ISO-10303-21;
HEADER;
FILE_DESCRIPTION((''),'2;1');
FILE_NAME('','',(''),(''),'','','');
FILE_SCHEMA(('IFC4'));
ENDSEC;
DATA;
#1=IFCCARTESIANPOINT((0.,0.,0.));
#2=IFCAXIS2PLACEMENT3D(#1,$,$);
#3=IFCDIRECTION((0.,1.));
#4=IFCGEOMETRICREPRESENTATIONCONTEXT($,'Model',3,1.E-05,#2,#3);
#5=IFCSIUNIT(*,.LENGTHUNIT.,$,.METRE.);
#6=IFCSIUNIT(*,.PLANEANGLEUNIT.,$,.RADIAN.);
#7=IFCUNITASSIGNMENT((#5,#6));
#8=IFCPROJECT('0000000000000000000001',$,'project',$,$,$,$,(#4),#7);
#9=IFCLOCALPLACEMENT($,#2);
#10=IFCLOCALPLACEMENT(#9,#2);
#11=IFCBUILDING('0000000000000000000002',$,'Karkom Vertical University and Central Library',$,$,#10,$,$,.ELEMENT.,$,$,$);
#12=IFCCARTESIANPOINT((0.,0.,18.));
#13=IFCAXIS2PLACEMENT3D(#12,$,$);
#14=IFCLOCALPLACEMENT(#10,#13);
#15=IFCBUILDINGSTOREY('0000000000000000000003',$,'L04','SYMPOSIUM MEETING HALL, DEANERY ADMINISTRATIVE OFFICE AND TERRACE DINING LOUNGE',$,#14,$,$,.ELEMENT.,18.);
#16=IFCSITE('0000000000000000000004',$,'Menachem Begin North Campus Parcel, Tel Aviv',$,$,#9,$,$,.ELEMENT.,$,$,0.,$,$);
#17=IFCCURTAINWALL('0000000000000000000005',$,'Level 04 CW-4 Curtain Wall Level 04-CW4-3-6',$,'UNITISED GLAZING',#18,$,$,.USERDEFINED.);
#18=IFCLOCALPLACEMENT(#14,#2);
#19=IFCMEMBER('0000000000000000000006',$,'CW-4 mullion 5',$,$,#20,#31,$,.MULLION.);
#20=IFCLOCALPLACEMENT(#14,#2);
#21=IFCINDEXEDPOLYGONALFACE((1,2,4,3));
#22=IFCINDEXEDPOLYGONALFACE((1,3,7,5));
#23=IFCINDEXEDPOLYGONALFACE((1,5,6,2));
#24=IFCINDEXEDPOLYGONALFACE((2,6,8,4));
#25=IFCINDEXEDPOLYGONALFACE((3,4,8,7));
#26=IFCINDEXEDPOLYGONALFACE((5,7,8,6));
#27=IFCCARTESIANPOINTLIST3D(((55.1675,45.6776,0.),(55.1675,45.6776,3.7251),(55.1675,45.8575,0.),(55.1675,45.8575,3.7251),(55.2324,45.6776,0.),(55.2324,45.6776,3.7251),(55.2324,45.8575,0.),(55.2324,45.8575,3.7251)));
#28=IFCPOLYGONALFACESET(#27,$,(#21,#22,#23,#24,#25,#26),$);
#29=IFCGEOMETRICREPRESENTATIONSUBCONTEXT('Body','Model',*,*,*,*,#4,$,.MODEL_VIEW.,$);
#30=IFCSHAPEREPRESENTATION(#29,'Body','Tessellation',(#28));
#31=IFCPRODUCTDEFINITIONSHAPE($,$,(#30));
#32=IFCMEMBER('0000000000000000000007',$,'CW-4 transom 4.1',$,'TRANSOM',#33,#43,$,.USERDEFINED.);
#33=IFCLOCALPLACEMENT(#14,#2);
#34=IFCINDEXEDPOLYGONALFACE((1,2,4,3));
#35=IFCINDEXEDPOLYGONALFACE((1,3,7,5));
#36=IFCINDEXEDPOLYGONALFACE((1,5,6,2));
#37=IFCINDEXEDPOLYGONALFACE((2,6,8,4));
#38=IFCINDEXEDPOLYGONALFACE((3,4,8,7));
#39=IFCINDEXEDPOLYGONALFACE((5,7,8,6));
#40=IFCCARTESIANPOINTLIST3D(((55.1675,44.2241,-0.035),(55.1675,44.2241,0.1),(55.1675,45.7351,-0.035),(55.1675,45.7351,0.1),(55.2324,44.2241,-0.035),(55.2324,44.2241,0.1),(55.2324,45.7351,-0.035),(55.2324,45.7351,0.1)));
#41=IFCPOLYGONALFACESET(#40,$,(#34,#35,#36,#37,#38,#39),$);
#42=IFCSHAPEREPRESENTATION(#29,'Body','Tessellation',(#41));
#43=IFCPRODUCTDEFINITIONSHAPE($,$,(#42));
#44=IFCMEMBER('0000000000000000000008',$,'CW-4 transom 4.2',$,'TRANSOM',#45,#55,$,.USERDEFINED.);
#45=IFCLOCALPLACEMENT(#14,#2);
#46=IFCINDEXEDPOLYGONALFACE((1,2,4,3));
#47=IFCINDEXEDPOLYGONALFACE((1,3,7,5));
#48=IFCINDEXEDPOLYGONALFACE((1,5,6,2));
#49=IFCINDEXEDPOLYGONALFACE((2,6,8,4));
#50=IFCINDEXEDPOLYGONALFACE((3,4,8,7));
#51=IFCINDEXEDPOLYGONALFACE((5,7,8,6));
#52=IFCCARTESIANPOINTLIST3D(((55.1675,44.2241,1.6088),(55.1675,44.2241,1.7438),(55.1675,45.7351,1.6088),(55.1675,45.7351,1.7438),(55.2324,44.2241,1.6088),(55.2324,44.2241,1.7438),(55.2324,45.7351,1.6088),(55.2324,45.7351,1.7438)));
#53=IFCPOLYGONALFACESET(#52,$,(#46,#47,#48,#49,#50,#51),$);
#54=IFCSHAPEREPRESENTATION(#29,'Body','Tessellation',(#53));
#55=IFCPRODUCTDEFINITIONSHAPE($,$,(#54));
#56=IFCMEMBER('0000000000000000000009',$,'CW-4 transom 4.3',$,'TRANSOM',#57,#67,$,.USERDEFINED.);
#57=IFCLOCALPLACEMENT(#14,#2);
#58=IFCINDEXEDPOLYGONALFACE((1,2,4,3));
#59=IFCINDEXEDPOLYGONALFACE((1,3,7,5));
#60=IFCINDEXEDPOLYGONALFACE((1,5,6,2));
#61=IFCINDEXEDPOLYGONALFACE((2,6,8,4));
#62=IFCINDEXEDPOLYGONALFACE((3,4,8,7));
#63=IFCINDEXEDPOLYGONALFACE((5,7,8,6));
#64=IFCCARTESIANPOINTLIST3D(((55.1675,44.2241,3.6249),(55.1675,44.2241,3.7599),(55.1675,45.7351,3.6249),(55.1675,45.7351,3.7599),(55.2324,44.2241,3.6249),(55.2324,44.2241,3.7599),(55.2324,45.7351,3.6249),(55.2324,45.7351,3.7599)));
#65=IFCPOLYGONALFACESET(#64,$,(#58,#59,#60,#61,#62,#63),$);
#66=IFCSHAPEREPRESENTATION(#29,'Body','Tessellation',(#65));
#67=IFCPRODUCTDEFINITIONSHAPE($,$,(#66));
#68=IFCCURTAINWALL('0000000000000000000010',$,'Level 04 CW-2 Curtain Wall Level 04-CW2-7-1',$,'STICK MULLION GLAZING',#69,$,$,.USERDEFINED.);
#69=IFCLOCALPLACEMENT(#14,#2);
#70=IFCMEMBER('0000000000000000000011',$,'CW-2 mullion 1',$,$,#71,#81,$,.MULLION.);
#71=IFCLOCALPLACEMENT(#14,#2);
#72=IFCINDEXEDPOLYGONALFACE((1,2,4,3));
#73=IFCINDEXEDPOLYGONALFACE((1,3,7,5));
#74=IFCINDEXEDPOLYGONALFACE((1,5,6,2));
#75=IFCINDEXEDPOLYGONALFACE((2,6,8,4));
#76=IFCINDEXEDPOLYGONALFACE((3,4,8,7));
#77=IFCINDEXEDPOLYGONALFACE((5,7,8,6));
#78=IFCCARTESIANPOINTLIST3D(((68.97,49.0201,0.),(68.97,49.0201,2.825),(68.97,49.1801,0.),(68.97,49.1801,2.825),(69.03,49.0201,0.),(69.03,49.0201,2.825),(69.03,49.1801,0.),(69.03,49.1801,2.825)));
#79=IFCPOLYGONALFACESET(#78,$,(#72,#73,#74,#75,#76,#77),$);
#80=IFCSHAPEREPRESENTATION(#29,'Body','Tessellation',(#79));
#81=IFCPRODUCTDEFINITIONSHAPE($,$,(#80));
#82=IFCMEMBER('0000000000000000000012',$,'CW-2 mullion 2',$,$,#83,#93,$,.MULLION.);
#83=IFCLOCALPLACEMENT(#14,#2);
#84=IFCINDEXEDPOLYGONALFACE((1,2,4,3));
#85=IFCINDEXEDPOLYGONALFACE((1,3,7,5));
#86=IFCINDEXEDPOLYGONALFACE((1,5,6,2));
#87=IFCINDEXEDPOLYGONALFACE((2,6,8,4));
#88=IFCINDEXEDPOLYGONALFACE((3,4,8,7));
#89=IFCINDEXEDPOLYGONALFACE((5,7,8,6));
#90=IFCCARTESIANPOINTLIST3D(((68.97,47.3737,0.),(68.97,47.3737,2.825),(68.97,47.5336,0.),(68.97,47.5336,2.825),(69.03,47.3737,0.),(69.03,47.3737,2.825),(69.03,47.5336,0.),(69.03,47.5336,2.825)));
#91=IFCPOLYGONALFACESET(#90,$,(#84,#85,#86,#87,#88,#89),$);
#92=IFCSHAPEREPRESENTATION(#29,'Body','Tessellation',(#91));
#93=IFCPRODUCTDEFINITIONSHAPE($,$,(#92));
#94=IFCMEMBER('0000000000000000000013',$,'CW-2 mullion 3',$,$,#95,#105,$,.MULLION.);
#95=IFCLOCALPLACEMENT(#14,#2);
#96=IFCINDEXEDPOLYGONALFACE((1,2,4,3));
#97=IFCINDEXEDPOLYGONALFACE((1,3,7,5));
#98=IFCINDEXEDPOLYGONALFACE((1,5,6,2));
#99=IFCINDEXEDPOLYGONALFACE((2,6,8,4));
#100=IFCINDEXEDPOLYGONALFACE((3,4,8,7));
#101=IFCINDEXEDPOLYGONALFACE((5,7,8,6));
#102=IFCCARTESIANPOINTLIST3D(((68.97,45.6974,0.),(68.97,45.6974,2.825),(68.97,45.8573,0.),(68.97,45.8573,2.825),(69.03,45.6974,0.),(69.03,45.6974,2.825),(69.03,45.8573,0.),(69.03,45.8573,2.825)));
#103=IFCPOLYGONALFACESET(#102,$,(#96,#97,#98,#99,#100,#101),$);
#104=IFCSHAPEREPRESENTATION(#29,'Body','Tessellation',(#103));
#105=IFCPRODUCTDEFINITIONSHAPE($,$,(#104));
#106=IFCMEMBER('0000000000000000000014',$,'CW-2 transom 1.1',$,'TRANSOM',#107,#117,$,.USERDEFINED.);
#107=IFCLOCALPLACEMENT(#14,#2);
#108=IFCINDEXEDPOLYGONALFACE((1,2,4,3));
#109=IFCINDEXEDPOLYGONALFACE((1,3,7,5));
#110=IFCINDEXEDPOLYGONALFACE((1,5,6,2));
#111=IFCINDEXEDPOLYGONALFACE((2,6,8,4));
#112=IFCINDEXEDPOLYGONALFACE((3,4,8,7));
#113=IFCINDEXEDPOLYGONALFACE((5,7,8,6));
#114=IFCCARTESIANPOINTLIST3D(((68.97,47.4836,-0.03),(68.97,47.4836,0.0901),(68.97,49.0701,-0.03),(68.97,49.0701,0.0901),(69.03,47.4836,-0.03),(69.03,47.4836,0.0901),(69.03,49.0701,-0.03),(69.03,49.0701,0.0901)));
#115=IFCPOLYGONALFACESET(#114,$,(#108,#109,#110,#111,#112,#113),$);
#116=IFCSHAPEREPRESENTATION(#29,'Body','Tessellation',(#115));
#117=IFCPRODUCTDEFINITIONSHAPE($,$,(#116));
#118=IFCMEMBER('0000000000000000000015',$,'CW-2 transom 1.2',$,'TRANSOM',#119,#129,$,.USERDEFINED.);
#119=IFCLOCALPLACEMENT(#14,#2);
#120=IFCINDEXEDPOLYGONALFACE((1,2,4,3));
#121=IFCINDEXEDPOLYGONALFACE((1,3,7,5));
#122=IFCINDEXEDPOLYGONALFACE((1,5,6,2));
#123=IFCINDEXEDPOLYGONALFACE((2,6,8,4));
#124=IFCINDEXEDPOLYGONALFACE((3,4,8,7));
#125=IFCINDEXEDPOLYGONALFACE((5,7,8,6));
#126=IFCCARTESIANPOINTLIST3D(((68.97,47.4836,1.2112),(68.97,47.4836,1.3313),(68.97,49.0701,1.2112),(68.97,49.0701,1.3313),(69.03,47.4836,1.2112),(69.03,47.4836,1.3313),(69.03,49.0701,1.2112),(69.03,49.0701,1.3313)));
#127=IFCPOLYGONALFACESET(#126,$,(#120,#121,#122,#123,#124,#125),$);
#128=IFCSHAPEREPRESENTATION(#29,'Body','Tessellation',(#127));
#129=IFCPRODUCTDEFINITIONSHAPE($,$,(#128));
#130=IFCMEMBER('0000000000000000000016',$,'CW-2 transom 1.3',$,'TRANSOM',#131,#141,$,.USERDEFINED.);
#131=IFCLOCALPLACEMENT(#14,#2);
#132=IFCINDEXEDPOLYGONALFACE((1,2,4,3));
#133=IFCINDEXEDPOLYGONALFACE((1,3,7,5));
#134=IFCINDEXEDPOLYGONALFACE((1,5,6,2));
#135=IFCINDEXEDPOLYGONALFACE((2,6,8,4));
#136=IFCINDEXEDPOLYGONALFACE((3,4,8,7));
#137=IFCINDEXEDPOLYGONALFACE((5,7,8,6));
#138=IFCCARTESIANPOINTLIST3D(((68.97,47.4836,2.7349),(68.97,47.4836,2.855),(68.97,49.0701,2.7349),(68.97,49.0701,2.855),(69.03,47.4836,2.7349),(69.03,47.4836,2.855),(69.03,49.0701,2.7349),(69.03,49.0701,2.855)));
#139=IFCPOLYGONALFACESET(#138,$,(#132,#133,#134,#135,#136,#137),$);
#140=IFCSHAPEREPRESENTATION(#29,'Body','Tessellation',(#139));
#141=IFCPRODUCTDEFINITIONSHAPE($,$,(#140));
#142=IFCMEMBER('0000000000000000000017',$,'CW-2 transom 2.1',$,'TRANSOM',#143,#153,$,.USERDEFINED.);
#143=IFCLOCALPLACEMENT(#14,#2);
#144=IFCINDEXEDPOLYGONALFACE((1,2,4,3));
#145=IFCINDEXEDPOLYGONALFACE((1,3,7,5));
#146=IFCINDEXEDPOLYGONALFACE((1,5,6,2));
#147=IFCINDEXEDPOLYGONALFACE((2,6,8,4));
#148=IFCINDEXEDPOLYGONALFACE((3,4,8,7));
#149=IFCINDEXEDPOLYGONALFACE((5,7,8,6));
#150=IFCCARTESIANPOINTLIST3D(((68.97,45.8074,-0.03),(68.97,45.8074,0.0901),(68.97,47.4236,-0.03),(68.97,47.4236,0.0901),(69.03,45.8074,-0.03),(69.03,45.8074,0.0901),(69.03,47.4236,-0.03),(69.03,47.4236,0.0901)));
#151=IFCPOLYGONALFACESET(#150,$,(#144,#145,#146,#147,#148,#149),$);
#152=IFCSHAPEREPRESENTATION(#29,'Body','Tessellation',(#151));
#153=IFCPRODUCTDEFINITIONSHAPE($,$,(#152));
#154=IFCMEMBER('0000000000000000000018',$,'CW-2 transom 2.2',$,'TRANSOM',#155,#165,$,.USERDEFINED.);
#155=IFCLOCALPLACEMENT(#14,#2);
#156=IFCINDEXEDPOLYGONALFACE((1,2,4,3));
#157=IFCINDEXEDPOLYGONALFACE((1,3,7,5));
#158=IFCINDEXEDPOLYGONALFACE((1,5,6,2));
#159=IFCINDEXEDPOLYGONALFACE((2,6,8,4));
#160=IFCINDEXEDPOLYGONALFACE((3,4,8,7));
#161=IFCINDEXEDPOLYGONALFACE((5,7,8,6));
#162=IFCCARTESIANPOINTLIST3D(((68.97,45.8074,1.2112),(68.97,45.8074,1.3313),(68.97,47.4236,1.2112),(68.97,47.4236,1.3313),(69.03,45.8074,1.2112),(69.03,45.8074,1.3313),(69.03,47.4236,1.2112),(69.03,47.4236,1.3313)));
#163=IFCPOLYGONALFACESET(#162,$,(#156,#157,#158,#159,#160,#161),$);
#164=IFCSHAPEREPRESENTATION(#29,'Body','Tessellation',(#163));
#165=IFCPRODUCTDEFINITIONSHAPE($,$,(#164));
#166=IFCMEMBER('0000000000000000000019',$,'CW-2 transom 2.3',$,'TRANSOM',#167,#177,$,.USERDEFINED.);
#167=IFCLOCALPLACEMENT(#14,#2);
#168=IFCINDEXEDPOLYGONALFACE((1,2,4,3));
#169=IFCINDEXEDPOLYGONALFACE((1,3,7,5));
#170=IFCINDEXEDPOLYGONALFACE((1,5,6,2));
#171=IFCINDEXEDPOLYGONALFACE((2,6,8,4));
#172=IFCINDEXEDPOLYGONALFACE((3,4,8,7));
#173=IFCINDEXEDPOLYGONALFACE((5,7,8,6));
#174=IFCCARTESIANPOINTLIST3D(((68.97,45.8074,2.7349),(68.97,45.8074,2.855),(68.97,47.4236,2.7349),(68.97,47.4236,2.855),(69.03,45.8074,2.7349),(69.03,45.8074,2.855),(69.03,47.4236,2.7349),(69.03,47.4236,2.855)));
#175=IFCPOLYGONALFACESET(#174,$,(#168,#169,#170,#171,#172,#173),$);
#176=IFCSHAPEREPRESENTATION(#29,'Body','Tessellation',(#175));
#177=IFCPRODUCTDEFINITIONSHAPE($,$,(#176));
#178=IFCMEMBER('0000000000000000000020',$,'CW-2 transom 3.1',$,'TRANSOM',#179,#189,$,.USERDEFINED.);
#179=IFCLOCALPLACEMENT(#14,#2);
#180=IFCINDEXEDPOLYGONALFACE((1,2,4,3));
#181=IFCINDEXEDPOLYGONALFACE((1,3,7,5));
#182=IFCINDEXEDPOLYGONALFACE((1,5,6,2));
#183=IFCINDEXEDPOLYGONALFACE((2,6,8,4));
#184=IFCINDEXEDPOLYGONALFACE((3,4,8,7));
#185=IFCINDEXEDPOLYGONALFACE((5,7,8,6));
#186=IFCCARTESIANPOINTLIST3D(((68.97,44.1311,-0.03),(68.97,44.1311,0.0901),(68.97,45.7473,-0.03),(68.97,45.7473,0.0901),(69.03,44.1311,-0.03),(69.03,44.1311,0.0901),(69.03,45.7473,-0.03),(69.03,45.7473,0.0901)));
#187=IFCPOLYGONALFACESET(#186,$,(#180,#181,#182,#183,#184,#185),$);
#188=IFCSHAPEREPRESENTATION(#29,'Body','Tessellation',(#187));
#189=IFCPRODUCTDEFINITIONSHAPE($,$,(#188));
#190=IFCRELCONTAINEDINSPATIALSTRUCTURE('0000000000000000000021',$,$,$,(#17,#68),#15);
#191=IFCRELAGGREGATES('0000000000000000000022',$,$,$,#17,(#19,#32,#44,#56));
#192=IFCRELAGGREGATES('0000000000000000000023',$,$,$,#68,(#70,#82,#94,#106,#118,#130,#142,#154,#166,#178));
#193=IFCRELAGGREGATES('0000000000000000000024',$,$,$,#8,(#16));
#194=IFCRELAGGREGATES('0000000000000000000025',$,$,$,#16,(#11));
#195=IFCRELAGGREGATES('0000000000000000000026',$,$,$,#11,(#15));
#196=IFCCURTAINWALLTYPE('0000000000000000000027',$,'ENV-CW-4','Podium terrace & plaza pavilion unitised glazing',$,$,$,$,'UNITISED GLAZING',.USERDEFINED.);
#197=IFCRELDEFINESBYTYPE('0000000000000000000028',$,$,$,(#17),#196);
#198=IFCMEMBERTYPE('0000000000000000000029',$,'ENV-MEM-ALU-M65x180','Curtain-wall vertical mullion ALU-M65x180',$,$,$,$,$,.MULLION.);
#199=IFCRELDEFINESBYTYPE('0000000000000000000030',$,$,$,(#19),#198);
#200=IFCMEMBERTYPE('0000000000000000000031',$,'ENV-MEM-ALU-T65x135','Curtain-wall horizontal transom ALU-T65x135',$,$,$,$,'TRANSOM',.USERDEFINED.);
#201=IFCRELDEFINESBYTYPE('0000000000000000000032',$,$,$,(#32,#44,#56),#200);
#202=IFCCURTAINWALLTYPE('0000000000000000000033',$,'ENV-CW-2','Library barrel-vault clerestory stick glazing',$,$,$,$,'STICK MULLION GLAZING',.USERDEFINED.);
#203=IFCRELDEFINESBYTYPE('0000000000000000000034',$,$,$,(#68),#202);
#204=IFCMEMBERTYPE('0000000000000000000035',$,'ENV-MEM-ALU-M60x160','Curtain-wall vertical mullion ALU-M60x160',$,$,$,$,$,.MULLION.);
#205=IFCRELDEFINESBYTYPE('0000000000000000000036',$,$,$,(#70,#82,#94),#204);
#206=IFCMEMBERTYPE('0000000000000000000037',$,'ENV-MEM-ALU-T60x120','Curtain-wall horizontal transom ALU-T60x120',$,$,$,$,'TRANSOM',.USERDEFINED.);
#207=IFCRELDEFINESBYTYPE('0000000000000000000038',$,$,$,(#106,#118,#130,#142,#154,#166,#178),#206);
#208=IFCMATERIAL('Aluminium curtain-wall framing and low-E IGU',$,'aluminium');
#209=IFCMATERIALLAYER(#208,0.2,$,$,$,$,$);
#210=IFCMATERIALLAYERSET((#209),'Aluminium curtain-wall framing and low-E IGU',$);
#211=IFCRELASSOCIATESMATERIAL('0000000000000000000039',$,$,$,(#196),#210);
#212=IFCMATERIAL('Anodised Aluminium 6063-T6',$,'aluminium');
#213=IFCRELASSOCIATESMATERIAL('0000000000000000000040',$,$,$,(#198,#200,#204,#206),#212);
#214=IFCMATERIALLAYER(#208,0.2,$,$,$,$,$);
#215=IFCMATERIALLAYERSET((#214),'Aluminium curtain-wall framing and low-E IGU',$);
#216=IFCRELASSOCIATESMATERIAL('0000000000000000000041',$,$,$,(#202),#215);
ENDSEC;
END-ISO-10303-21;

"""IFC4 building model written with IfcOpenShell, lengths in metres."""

from ifc_helpers import new_model, si_unit, direction, frame, origin, origin_with_axes, origin_2d, place, context, subcontext, project, spatial, rectangle, extrude, source, transform, mapped, material, layer, layer_set, material_profile, profile_set, type_object, element, aggregate, save


model = new_model("IFC4")

# Units and contexts
model_context = context("Model", 3, precision=1e-05, world=origin(), true_north=direction((0.0, 1.0)))
body_context = subcontext(model_context, "Body", "Model", "MODEL_VIEW")
ifc_project = project(units=[si_unit("LENGTHUNIT", "METRE"), si_unit("PLANEANGLEUNIT", "RADIAN")], contexts=[model_context])

# Site, building, storey
site_placement = place(None, origin())
site = spatial("IfcSite", under=ifc_project, at=site_placement, Name="Menachem Begin North Campus Parcel, Tel Aviv", CompositionType="ELEMENT", RefElevation=0.0)
building_placement = place(site_placement, origin())
building = spatial("IfcBuilding", under=site, at=building_placement, Name="Karkom Vertical University and Central Library", CompositionType="ELEMENT")
storey_placement = place(building_placement, frame((0.0, 0.0, 18.0)))
storey = spatial("IfcBuildingStorey", under=building, at=storey_placement, Name="L04", Description="SYMPOSIUM MEETING HALL, DEANERY ADMINISTRATIVE OFFICE AND TERRACE DINING LOUNGE", CompositionType="ELEMENT", Elevation=18.0)

# Curtain walls, members
ifc_material_1 = material(Name="Aluminium curtain-wall framing and low-E IGU", Category="aluminium")
ifc_layer_1 = layer(ifc_material_1, 0.2)
ifc_layer_set_1 = layer_set([ifc_layer_1], Name="Aluminium curtain-wall framing and low-E IGU")
curtain_wall_type_1 = type_object("IfcCurtainWallType", Name="ENV-CW-4", Description="Podium terrace & plaza pavilion unitised glazing", ElementType="UNITISED GLAZING", PredefinedType="USERDEFINED", material=ifc_layer_set_1)
curtain_wall_1_placement = place(storey_placement, origin())
curtain_wall_1 = element("IfcCurtainWall", 1, at=curtain_wall_1_placement, inside=storey, type_object=curtain_wall_type_1, Name="Level 04 CW-4 Curtain Wall Level 04-CW4-3-6", ObjectType="UNITISED GLAZING", PredefinedType="USERDEFINED")
ifc_material_2 = material(Name="Anodised Aluminium 6063-T6", Category="aluminium")
ifc_material_profile_1 = material_profile(ifc_material_2, rectangle(XDim=0.0649, YDim=0.1799, at=origin_2d()), Name="ALU-M65x180")
ifc_profile_set_1 = profile_set([ifc_material_profile_1], Name="Anodised Aluminium 6063-T6")
member_type_1 = type_object("IfcMemberType", Name="ENV-MEM-ALU-M65x180", Description="Curtain-wall vertical mullion ALU-M65x180", PredefinedType="MULLION", material=ifc_profile_set_1)
shared_shape_1 = source(origin_with_axes(), body_context, "Body", "SweptSolid", [
    extrude(rectangle(XDim=0.0649, YDim=0.1799, at=origin_2d()), origin(), (0.0, 0.0, 1.0), 3.7251),
])
member_1_placement = place(storey_placement, frame((55.2, 45.7676, 0.0), z_axis=(0.0, 0.0, 1.0), x_axis=(-1.0, 0.0, 0.0)))
member_1 = element("IfcMember", 2, at=member_1_placement, type_object=member_type_1, Name="CW-4 mullion 5", PredefinedType="MULLION", context=body_context, shape_type="MappedRepresentation", body=[
    mapped(shared_shape_1, transform((0.0, 0.0, 0.0), scale=1.0)),
])
ifc_material_profile_2 = material_profile(ifc_material_2, rectangle(XDim=0.0649, YDim=0.135, at=origin_2d()), Name="ALU-T65x135")
ifc_profile_set_2 = profile_set([ifc_material_profile_2], Name="Anodised Aluminium 6063-T6")
member_type_2 = type_object("IfcMemberType", Name="ENV-MEM-ALU-T65x135", Description="Curtain-wall horizontal transom ALU-T65x135", ElementType="TRANSOM", PredefinedType="USERDEFINED", material=ifc_profile_set_2)
shared_shape_2 = source(origin_with_axes(), body_context, "Body", "SweptSolid", [
    extrude(rectangle(XDim=0.0649, YDim=0.135, at=origin_2d()), origin(), (0.0, 0.0, 1.0), 1.511),
])
member_2_placement = place(storey_placement, frame((55.2, 44.2241, 0.0325), z_axis=(0.0, 1.0, 0.0), x_axis=(-1.0, 0.0, 0.0)))
member_2 = element("IfcMember", 3, at=member_2_placement, type_object=member_type_2, Name="CW-4 transom 4.1", ObjectType="TRANSOM", PredefinedType="USERDEFINED", context=body_context, shape_type="MappedRepresentation", body=[
    mapped(shared_shape_2, transform((0.0, 0.0, 0.0), scale=1.0)),
])
member_3_placement = place(storey_placement, frame((55.2, 44.2241, 1.6763), z_axis=(0.0, 1.0, 0.0), x_axis=(-1.0, 0.0, 0.0)))
member_3 = element("IfcMember", 4, at=member_3_placement, type_object=member_type_2, Name="CW-4 transom 4.2", ObjectType="TRANSOM", PredefinedType="USERDEFINED", context=body_context, shape_type="MappedRepresentation", body=[
    mapped(shared_shape_2, transform((0.0, 0.0, 0.0), scale=1.0)),
])
member_4_placement = place(storey_placement, frame((55.2, 44.2241, 3.6924), z_axis=(0.0, 1.0, 0.0), x_axis=(-1.0, 0.0, 0.0)))
member_4 = element("IfcMember", 5, at=member_4_placement, type_object=member_type_2, Name="CW-4 transom 4.3", ObjectType="TRANSOM", PredefinedType="USERDEFINED", context=body_context, shape_type="MappedRepresentation", body=[
    mapped(shared_shape_2, transform((0.0, 0.0, 0.0), scale=1.0)),
])
ifc_layer_2 = layer(ifc_material_1, 0.2)
ifc_layer_set_2 = layer_set([ifc_layer_2], Name="Aluminium curtain-wall framing and low-E IGU")
curtain_wall_type_2 = type_object("IfcCurtainWallType", Name="ENV-CW-2", Description="Library barrel-vault clerestory stick glazing", ElementType="STICK MULLION GLAZING", PredefinedType="USERDEFINED", material=ifc_layer_set_2)
curtain_wall_2_placement = place(storey_placement, origin())
curtain_wall_2 = element("IfcCurtainWall", 6, at=curtain_wall_2_placement, inside=storey, type_object=curtain_wall_type_2, Name="Level 04 CW-2 Curtain Wall Level 04-CW2-7-1", ObjectType="STICK MULLION GLAZING", PredefinedType="USERDEFINED")
ifc_material_profile_3 = material_profile(ifc_material_2, rectangle(XDim=0.0601, YDim=0.1599, at=origin_2d()), Name="ALU-M60x160")
ifc_profile_set_3 = profile_set([ifc_material_profile_3], Name="Anodised Aluminium 6063-T6")
member_type_3 = type_object("IfcMemberType", Name="ENV-MEM-ALU-M60x160", Description="Curtain-wall vertical mullion ALU-M60x160", PredefinedType="MULLION", material=ifc_profile_set_3)
shared_shape_3 = source(origin_with_axes(), body_context, "Body", "SweptSolid", [
    extrude(rectangle(XDim=0.0601, YDim=0.1599, at=origin_2d()), origin(), (0.0, 0.0, 1.0), 2.825),
])
member_5_placement = place(storey_placement, frame((69.0, 49.1001, 0.0), z_axis=(0.0, 0.0, 1.0), x_axis=(1.0, 0.0, 0.0)))
member_5 = element("IfcMember", 7, at=member_5_placement, type_object=member_type_3, Name="CW-2 mullion 1", PredefinedType="MULLION", context=body_context, shape_type="MappedRepresentation", body=[
    mapped(shared_shape_3, transform((0.0, 0.0, 0.0), scale=1.0)),
])
member_6_placement = place(storey_placement, frame((69.0, 47.4536, 0.0), z_axis=(0.0, 0.0, 1.0), x_axis=(1.0, 0.0, 0.0)))
member_6 = element("IfcMember", 8, at=member_6_placement, type_object=member_type_3, Name="CW-2 mullion 2", PredefinedType="MULLION", context=body_context, shape_type="MappedRepresentation", body=[
    mapped(shared_shape_3, transform((0.0, 0.0, 0.0), scale=1.0)),
])
member_7_placement = place(storey_placement, frame((69.0, 45.7773, 0.0), z_axis=(0.0, 0.0, 1.0), x_axis=(1.0, 0.0, 0.0)))
member_7 = element("IfcMember", 9, at=member_7_placement, type_object=member_type_3, Name="CW-2 mullion 3", PredefinedType="MULLION", context=body_context, shape_type="MappedRepresentation", body=[
    mapped(shared_shape_3, transform((0.0, 0.0, 0.0), scale=1.0)),
])
ifc_material_profile_4 = material_profile(ifc_material_2, rectangle(XDim=0.0601, YDim=0.1201, at=origin_2d()), Name="ALU-T60x120")
ifc_profile_set_4 = profile_set([ifc_material_profile_4], Name="Anodised Aluminium 6063-T6")
member_type_4 = type_object("IfcMemberType", Name="ENV-MEM-ALU-T60x120", Description="Curtain-wall horizontal transom ALU-T60x120", ElementType="TRANSOM", PredefinedType="USERDEFINED", material=ifc_profile_set_4)
shared_shape_4 = source(origin_with_axes(), body_context, "Body", "SweptSolid", [
    extrude(rectangle(XDim=0.0601, YDim=0.1201, at=origin_2d()), origin(), (0.0, 0.0, 1.0), 1.5864),
])
member_8_placement = place(storey_placement, frame((69.0, 49.0701, 0.03), z_axis=(0.0, -1.0, 0.0), x_axis=(1.0, 0.0, 0.0)))
member_8 = element("IfcMember", 10, at=member_8_placement, type_object=member_type_4, Name="CW-2 transom 1.1", ObjectType="TRANSOM", PredefinedType="USERDEFINED", context=body_context, shape_type="MappedRepresentation", body=[
    mapped(shared_shape_4, transform((0.0, 0.0, 0.0), scale=1.0)),
])
member_9_placement = place(storey_placement, frame((69.0, 49.0701, 1.2712), z_axis=(0.0, -1.0, 0.0), x_axis=(1.0, 0.0, 0.0)))
member_9 = element("IfcMember", 11, at=member_9_placement, type_object=member_type_4, Name="CW-2 transom 1.2", ObjectType="TRANSOM", PredefinedType="USERDEFINED", context=body_context, shape_type="MappedRepresentation", body=[
    mapped(shared_shape_4, transform((0.0, 0.0, 0.0), scale=1.0)),
])
member_10_placement = place(storey_placement, frame((69.0, 49.0701, 2.7949), z_axis=(0.0, -1.0, 0.0), x_axis=(1.0, 0.0, 0.0)))
member_10 = element("IfcMember", 12, at=member_10_placement, type_object=member_type_4, Name="CW-2 transom 1.3", ObjectType="TRANSOM", PredefinedType="USERDEFINED", context=body_context, shape_type="MappedRepresentation", body=[
    mapped(shared_shape_4, transform((0.0, 0.0, 0.0), scale=1.0)),
])
shared_shape_5 = source(origin_with_axes(), body_context, "Body", "SweptSolid", [
    extrude(rectangle(XDim=0.0601, YDim=0.1201, at=origin_2d()), origin(), (0.0, 0.0, 1.0), 1.6162),
])
member_11_placement = place(storey_placement, frame((69.0, 47.4236, 0.03), z_axis=(0.0, -1.0, 0.0), x_axis=(1.0, 0.0, 0.0)))
member_11 = element("IfcMember", 13, at=member_11_placement, type_object=member_type_4, Name="CW-2 transom 2.1", ObjectType="TRANSOM", PredefinedType="USERDEFINED", context=body_context, shape_type="MappedRepresentation", body=[
    mapped(shared_shape_5, transform((0.0, 0.0, 0.0), scale=1.0)),
])
member_12_placement = place(storey_placement, frame((69.0, 47.4236, 1.2712), z_axis=(0.0, -1.0, 0.0), x_axis=(1.0, 0.0, 0.0)))
member_12 = element("IfcMember", 14, at=member_12_placement, type_object=member_type_4, Name="CW-2 transom 2.2", ObjectType="TRANSOM", PredefinedType="USERDEFINED", context=body_context, shape_type="MappedRepresentation", body=[
    mapped(shared_shape_5, transform((0.0, 0.0, 0.0), scale=1.0)),
])
member_13_placement = place(storey_placement, frame((69.0, 47.4236, 2.7949), z_axis=(0.0, -1.0, 0.0), x_axis=(1.0, 0.0, 0.0)))
member_13 = element("IfcMember", 15, at=member_13_placement, type_object=member_type_4, Name="CW-2 transom 2.3", ObjectType="TRANSOM", PredefinedType="USERDEFINED", context=body_context, shape_type="MappedRepresentation", body=[
    mapped(shared_shape_5, transform((0.0, 0.0, 0.0), scale=1.0)),
])
member_14_placement = place(storey_placement, frame((69.0, 45.7473, 0.03), z_axis=(0.0, -1.0, 0.0), x_axis=(1.0, 0.0, 0.0)))
member_14 = element("IfcMember", 16, at=member_14_placement, type_object=member_type_4, Name="CW-2 transom 3.1", ObjectType="TRANSOM", PredefinedType="USERDEFINED", context=body_context, shape_type="MappedRepresentation", body=[
    mapped(shared_shape_5, transform((0.0, 0.0, 0.0), scale=1.0)),
])

aggregate(curtain_wall_1, [member_1, member_2, member_3, member_4])
aggregate(curtain_wall_2, [member_5, member_6, member_7, member_8, member_9, member_10, member_11, member_12, member_13, member_14])

save(model, "model.ifc")
